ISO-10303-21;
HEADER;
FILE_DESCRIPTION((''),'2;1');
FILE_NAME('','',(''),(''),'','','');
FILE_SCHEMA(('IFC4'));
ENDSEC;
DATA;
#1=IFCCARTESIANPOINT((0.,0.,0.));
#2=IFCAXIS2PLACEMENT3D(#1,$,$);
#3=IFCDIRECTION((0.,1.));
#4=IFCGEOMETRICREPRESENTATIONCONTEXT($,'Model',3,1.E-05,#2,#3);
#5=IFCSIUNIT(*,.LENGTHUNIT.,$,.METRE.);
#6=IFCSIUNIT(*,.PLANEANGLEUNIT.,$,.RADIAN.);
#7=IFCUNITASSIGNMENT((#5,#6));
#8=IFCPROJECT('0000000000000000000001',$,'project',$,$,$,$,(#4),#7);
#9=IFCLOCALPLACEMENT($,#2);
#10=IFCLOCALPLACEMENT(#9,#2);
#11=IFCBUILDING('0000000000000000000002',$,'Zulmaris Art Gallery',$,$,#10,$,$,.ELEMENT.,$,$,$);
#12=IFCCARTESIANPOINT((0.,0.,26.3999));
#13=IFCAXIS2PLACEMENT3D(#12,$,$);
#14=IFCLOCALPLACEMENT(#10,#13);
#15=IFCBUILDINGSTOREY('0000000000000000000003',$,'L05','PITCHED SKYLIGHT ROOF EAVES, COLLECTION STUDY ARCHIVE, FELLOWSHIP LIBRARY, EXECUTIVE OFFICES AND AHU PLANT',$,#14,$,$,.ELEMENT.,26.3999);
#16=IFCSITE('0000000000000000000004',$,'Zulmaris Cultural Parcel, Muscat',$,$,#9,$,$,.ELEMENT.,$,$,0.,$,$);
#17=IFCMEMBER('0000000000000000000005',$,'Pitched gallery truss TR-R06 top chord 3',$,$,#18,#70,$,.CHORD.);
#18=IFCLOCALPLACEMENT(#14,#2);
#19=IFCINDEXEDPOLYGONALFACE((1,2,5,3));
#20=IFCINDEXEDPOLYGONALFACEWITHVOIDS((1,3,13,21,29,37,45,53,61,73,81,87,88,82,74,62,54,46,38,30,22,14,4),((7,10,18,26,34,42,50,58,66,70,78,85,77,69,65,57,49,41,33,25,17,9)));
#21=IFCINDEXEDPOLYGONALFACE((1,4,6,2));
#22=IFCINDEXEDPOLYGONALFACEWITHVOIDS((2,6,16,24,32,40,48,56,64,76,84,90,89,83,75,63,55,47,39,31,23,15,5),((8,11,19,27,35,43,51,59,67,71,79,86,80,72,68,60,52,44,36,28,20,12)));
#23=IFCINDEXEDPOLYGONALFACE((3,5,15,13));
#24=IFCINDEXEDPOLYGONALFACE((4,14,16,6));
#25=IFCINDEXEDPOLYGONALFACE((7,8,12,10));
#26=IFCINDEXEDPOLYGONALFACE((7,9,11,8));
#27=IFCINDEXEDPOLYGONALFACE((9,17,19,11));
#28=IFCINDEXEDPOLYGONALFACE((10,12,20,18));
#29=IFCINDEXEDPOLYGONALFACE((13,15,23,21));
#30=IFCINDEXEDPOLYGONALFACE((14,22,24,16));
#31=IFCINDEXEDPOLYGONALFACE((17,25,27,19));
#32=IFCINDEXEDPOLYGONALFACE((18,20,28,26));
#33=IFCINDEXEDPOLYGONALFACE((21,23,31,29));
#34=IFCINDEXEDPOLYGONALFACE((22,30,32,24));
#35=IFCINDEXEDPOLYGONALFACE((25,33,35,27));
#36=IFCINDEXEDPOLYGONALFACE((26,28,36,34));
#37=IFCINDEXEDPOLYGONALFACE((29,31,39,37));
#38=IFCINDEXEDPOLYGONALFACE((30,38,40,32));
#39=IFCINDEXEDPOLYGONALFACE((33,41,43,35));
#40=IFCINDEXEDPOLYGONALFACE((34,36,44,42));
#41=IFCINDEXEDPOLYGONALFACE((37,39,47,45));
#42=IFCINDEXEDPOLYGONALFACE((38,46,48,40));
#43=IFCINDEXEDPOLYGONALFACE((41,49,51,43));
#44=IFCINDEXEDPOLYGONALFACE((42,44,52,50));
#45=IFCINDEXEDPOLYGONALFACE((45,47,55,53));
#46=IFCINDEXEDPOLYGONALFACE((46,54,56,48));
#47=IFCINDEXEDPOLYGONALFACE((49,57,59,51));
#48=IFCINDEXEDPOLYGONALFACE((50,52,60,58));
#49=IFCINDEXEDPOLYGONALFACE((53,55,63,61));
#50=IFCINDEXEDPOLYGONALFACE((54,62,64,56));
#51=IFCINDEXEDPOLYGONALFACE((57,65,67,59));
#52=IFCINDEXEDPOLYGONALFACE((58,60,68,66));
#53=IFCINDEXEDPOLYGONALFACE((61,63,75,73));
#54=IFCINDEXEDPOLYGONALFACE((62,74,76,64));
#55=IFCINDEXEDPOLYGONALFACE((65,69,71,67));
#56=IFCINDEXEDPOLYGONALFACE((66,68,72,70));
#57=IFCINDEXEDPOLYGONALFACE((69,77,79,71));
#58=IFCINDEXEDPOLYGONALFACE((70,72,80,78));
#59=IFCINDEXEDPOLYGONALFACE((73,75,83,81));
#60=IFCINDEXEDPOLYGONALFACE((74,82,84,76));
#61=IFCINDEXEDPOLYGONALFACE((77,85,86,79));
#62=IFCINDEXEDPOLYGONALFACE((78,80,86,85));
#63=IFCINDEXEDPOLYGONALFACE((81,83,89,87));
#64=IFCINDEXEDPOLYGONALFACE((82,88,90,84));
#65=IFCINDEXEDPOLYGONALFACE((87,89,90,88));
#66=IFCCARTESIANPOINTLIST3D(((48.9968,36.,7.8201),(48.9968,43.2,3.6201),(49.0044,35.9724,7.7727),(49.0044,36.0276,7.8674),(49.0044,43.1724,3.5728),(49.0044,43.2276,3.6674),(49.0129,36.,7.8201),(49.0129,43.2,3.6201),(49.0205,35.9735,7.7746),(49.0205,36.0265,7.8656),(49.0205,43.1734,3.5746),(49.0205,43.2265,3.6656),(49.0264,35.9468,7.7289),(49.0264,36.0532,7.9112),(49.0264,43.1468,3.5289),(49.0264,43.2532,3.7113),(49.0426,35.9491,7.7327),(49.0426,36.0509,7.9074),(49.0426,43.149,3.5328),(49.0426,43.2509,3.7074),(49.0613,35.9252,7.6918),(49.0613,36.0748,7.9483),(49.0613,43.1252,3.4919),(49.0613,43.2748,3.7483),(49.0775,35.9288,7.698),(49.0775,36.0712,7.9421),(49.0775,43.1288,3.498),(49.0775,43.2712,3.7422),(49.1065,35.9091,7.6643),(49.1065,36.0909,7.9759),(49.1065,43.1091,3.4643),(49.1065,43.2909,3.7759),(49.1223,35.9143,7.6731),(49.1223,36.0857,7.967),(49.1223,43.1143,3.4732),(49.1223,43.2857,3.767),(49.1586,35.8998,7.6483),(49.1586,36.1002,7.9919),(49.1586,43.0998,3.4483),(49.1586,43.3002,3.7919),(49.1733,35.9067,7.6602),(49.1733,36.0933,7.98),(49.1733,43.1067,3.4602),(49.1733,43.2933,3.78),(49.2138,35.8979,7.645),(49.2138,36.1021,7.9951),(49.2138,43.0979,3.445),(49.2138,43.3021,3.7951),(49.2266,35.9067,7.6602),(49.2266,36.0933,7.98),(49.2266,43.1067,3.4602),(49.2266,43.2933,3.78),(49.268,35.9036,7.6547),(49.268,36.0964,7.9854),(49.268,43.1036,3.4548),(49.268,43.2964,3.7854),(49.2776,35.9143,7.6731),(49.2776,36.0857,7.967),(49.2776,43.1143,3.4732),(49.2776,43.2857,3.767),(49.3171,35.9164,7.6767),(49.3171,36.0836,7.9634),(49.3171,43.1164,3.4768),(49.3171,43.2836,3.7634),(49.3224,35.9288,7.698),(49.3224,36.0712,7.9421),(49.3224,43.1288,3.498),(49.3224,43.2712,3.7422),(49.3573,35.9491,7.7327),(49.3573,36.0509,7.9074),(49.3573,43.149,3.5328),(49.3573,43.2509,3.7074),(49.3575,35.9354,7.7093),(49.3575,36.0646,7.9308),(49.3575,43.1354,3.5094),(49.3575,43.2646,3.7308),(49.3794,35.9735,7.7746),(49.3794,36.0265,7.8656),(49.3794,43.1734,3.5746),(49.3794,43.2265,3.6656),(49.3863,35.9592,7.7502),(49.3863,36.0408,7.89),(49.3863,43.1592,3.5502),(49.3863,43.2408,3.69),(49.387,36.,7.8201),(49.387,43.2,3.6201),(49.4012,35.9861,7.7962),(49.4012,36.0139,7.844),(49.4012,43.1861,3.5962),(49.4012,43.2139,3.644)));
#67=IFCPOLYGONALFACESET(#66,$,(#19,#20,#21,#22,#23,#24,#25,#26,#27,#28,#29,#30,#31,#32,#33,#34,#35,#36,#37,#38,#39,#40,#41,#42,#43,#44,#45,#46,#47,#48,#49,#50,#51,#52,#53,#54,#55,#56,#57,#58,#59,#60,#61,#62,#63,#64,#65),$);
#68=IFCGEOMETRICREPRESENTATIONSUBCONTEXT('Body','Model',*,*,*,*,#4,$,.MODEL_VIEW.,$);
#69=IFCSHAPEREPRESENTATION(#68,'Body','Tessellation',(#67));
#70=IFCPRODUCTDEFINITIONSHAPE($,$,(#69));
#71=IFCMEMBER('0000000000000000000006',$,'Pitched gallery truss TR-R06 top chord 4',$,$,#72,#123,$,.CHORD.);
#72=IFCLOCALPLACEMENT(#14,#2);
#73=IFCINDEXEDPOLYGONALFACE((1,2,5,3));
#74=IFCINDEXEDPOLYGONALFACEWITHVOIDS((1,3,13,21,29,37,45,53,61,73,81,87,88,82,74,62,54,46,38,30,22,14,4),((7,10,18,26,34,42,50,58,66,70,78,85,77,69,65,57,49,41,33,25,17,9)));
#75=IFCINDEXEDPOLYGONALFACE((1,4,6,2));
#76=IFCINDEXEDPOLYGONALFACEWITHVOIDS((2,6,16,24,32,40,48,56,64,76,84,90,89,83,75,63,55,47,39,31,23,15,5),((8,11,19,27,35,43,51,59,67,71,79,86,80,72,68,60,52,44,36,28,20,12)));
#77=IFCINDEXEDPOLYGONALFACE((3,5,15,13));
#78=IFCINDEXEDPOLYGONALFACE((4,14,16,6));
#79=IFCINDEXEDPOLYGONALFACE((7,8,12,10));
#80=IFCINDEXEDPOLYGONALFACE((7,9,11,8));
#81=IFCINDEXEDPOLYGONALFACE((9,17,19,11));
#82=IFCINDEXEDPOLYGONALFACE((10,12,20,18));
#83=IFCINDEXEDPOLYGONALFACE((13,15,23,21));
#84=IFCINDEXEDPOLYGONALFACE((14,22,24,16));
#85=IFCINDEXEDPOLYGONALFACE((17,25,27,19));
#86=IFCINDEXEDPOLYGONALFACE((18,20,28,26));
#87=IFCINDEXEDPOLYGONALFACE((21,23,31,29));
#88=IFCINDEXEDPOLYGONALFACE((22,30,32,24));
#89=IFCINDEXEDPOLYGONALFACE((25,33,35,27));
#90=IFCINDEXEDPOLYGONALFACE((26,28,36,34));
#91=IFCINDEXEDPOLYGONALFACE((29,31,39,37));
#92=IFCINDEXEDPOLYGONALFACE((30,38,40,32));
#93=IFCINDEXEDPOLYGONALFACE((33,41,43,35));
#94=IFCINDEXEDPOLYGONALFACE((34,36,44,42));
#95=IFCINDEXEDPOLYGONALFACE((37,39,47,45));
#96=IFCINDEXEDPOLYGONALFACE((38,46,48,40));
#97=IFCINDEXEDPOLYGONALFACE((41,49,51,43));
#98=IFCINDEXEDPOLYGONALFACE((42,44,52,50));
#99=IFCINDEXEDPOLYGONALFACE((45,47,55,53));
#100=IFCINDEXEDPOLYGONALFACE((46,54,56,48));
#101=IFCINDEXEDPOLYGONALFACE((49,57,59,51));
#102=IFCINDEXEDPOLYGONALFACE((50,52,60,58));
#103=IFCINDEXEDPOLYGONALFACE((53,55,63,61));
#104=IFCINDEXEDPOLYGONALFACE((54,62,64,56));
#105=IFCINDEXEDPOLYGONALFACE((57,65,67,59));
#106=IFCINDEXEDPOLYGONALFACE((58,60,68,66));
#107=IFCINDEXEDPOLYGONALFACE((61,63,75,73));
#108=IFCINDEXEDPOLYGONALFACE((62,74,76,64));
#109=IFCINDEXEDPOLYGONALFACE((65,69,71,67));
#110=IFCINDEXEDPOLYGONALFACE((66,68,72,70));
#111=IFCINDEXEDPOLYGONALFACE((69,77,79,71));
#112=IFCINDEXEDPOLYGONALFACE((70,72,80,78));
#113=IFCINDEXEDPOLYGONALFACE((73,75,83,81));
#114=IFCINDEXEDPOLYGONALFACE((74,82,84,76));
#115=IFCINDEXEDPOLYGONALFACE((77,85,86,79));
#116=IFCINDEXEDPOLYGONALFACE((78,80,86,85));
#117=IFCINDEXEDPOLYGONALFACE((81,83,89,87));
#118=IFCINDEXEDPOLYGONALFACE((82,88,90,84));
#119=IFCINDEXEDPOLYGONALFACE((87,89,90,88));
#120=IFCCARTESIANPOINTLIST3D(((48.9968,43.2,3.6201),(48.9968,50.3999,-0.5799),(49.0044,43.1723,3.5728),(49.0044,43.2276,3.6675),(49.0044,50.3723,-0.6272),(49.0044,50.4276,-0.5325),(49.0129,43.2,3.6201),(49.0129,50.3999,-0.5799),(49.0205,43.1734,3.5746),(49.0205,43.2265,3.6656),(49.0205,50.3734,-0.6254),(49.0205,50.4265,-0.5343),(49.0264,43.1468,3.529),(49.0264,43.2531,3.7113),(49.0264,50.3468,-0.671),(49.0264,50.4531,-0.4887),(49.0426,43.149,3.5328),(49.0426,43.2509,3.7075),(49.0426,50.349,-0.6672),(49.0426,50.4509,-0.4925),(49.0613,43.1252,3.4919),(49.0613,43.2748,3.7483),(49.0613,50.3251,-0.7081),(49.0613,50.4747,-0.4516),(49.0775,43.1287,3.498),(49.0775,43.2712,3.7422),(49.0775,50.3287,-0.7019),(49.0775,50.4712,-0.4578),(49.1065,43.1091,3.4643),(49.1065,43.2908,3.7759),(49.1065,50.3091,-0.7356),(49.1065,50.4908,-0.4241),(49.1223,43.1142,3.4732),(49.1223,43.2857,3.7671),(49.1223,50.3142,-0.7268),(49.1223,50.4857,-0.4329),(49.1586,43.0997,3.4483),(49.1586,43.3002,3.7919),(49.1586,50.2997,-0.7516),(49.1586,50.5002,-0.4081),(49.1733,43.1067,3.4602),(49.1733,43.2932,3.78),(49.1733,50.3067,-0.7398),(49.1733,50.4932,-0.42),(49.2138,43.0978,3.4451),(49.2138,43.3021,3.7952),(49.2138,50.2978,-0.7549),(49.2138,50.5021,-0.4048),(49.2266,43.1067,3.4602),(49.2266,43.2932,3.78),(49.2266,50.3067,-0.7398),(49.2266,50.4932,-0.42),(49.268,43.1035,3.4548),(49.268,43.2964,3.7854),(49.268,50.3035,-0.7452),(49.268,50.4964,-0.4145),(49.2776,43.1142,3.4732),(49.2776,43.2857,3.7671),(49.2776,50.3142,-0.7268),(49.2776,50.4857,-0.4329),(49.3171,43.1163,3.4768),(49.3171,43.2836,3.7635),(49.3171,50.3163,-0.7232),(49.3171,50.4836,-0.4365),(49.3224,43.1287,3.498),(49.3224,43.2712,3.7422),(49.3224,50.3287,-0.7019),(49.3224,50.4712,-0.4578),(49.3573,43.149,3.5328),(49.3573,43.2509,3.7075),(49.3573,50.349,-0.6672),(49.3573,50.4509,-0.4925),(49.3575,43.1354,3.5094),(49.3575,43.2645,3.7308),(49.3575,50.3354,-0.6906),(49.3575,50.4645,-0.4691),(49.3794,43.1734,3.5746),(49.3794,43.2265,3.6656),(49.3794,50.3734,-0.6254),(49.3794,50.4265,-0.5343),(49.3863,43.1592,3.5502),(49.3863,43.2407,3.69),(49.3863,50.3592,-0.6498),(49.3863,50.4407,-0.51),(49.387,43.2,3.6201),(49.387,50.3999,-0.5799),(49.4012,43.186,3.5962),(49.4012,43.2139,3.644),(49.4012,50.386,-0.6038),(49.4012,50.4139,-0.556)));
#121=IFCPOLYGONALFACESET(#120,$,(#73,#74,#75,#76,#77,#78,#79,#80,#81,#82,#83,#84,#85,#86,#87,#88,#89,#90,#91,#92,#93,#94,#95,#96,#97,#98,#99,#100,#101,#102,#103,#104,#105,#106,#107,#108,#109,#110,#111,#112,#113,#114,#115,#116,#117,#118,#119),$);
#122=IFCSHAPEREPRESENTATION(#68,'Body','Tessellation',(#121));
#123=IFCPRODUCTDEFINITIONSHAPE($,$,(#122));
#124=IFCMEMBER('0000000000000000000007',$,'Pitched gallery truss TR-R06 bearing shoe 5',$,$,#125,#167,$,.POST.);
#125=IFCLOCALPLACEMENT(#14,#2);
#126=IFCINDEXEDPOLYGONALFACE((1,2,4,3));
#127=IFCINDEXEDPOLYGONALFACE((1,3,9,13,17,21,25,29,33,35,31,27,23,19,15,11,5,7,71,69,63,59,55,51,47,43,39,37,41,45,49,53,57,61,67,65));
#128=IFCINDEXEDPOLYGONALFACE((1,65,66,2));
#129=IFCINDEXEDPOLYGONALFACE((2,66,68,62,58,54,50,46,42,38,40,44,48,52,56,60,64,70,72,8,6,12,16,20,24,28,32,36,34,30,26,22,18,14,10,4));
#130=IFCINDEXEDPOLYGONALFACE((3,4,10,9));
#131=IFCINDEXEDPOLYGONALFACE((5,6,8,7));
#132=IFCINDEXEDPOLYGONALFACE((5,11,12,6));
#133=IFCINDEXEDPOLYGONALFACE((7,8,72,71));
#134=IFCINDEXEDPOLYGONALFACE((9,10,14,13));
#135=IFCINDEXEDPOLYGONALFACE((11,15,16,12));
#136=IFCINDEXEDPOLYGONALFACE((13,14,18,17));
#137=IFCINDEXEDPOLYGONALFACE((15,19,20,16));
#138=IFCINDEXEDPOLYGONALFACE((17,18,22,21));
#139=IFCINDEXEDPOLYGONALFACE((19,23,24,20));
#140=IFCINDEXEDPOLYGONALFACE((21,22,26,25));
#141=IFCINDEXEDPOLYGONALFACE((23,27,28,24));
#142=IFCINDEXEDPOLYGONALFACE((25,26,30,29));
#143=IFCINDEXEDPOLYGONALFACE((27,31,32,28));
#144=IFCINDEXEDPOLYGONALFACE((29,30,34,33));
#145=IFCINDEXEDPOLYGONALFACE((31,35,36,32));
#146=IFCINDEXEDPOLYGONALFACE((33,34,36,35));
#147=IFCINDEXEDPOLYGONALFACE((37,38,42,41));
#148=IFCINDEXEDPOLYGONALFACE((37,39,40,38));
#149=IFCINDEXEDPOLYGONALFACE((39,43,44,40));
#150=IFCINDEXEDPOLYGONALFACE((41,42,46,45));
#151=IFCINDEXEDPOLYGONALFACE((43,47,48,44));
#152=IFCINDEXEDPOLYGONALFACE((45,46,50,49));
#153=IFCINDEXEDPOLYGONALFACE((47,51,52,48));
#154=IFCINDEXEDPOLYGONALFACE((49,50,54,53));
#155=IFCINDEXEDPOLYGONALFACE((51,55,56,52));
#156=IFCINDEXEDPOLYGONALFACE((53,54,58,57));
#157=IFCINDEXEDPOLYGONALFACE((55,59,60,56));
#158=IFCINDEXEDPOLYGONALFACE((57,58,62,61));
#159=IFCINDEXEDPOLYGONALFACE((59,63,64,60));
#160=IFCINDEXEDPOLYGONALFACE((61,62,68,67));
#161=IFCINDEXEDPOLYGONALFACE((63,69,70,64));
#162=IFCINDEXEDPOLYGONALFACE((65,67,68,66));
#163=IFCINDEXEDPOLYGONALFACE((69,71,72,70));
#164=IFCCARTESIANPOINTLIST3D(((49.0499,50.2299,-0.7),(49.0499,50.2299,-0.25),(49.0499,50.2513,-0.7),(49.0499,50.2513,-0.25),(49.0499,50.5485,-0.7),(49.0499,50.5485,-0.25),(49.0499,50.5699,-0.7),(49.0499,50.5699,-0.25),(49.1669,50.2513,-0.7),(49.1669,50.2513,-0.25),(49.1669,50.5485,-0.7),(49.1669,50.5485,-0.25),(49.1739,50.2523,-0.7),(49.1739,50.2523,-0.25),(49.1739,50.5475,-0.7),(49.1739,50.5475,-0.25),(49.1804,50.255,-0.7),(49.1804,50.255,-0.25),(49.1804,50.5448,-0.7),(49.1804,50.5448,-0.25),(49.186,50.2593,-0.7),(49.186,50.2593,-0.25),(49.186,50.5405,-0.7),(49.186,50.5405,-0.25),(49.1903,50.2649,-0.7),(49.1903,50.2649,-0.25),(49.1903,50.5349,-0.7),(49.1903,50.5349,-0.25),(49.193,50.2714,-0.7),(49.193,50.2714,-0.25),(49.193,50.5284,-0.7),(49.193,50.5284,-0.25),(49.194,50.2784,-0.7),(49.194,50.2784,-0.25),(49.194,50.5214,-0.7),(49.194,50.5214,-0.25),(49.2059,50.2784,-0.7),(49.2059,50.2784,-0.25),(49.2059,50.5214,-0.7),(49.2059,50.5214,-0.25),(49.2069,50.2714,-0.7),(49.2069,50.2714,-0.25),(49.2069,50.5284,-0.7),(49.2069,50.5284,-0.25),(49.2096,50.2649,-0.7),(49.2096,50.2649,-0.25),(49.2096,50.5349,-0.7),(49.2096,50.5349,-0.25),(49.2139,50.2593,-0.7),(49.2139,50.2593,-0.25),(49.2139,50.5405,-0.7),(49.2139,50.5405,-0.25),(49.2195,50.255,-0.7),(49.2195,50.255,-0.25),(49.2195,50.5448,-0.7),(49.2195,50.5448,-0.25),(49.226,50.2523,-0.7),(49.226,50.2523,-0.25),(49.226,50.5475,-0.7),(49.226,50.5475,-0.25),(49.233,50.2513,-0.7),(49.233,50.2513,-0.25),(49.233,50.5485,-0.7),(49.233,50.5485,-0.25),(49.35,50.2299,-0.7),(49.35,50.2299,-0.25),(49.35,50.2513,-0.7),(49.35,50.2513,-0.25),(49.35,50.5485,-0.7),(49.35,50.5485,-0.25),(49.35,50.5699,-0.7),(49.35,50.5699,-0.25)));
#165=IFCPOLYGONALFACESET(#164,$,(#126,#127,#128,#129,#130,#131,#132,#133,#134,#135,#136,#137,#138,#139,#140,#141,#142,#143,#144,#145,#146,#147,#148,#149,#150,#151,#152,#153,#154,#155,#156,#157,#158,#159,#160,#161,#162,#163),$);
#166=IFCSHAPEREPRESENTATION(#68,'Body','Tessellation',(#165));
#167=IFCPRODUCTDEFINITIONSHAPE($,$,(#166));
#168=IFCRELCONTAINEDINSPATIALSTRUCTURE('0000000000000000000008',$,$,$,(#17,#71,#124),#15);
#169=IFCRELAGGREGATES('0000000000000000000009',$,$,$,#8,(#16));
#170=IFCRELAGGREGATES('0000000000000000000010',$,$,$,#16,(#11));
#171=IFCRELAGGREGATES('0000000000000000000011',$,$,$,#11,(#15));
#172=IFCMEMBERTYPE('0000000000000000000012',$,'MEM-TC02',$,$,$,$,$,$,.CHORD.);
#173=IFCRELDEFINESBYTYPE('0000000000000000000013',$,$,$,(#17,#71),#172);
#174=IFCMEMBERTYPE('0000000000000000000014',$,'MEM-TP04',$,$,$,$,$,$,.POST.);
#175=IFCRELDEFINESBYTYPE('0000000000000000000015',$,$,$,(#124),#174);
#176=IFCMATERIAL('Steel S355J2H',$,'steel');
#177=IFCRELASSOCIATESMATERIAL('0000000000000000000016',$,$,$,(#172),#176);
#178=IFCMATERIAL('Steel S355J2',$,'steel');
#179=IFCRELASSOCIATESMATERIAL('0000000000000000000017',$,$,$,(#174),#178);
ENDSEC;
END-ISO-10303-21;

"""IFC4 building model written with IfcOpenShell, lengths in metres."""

from ifc_helpers import new_model, si_unit, direction, frame, origin, origin_2d, place, context, subcontext, project, spatial, hollow_circle, i_section, extrude, material, material_profile, profile_set, type_object, element, save


model = new_model("IFC4")

# Units and contexts
model_context = context("Model", 3, precision=1e-05, world=origin(), true_north=direction((0.0, 1.0)))
body_context = subcontext(model_context, "Body", "Model", "MODEL_VIEW")
ifc_project = project(units=[si_unit("LENGTHUNIT", "METRE"), si_unit("PLANEANGLEUNIT", "RADIAN")], contexts=[model_context])

# Site, building, storey
site_placement = place(None, origin())
site = spatial("IfcSite", under=ifc_project, at=site_placement, Name="Zulmaris Cultural Parcel, Muscat", CompositionType="ELEMENT", RefElevation=0.0)
building_placement = place(site_placement, origin())
building = spatial("IfcBuilding", under=site, at=building_placement, Name="Zulmaris Art Gallery", CompositionType="ELEMENT")
storey_placement = place(building_placement, frame((0.0, 0.0, 26.3999)))
storey = spatial("IfcBuildingStorey", under=building, at=storey_placement, Name="L05", Description="PITCHED SKYLIGHT ROOF EAVES, COLLECTION STUDY ARCHIVE, FELLOWSHIP LIBRARY, EXECUTIVE OFFICES AND AHU PLANT", CompositionType="ELEMENT", Elevation=26.3999)

# Members
ifc_material_1 = material(Name="Steel S355J2H", Category="steel")
ifc_material_profile_1 = material_profile(ifc_material_1, hollow_circle(Radius=0.2031, WallThickness=0.0161, at=origin_2d()), Name="CHS 406.4x16")
ifc_profile_set_1 = profile_set([ifc_material_profile_1], Name="Steel S355J2H")
member_type_1 = type_object("IfcMemberType", Name="MEM-TC02", PredefinedType="CHORD", material=ifc_profile_set_1)
for number, where, z_axis, x_axis, name in (
    (1, (49.2, 36.0, 7.8201), (0.0, 0.86378, -0.503869), (-1.0, 0.0, 0.0), "Pitched gallery truss TR-R06 top chord 3"),
    (2, (49.2, 43.2, 3.6201), (0.0, 0.86378, -0.503869), (-1.0, 0.0, 0.0), "Pitched gallery truss TR-R06 top chord 4"),
):
    element("IfcMember", number, at=place(storey_placement, frame(where, z_axis=z_axis, x_axis=x_axis)), inside=storey, type_object=member_type_1, Name=name, PredefinedType="CHORD", context=body_context, shape_type="SweptSolid", body=[
        extrude(hollow_circle(Radius=0.2031, WallThickness=0.0161, at=origin_2d()), origin(), (0.0, 0.0, 1.0), 8.3354),
    ])
ifc_material_2 = material(Name="Steel S355J2", Category="steel")
ifc_material_profile_2 = material_profile(ifc_material_2, i_section(OverallWidth=0.3, OverallDepth=0.3401, WebThickness=0.012, FlangeThickness=0.0215, FilletRadius=0.0271, at=origin_2d()), Name="HEB 340")
ifc_profile_set_2 = profile_set([ifc_material_profile_2], Name="Steel S355J2")
member_type_2 = type_object("IfcMemberType", Name="MEM-TP04", PredefinedType="POST", material=ifc_profile_set_2)
member_1_placement = place(storey_placement, frame((49.2, 50.3999, -0.7), z_axis=(0.0, 0.0, 1.0), x_axis=(1.0, 0.0, 0.0)))
element("IfcMember", 3, at=member_1_placement, inside=storey, type_object=member_type_2, Name="Pitched gallery truss TR-R06 bearing shoe 5", PredefinedType="POST", context=body_context, shape_type="SweptSolid", body=[
    extrude(i_section(OverallWidth=0.3, OverallDepth=0.3401, WebThickness=0.012, FlangeThickness=0.0215, FilletRadius=0.0271, at=origin_2d()), origin(), (0.0, 0.0, 1.0), 0.45),
])

save(model, "model.ifc")
